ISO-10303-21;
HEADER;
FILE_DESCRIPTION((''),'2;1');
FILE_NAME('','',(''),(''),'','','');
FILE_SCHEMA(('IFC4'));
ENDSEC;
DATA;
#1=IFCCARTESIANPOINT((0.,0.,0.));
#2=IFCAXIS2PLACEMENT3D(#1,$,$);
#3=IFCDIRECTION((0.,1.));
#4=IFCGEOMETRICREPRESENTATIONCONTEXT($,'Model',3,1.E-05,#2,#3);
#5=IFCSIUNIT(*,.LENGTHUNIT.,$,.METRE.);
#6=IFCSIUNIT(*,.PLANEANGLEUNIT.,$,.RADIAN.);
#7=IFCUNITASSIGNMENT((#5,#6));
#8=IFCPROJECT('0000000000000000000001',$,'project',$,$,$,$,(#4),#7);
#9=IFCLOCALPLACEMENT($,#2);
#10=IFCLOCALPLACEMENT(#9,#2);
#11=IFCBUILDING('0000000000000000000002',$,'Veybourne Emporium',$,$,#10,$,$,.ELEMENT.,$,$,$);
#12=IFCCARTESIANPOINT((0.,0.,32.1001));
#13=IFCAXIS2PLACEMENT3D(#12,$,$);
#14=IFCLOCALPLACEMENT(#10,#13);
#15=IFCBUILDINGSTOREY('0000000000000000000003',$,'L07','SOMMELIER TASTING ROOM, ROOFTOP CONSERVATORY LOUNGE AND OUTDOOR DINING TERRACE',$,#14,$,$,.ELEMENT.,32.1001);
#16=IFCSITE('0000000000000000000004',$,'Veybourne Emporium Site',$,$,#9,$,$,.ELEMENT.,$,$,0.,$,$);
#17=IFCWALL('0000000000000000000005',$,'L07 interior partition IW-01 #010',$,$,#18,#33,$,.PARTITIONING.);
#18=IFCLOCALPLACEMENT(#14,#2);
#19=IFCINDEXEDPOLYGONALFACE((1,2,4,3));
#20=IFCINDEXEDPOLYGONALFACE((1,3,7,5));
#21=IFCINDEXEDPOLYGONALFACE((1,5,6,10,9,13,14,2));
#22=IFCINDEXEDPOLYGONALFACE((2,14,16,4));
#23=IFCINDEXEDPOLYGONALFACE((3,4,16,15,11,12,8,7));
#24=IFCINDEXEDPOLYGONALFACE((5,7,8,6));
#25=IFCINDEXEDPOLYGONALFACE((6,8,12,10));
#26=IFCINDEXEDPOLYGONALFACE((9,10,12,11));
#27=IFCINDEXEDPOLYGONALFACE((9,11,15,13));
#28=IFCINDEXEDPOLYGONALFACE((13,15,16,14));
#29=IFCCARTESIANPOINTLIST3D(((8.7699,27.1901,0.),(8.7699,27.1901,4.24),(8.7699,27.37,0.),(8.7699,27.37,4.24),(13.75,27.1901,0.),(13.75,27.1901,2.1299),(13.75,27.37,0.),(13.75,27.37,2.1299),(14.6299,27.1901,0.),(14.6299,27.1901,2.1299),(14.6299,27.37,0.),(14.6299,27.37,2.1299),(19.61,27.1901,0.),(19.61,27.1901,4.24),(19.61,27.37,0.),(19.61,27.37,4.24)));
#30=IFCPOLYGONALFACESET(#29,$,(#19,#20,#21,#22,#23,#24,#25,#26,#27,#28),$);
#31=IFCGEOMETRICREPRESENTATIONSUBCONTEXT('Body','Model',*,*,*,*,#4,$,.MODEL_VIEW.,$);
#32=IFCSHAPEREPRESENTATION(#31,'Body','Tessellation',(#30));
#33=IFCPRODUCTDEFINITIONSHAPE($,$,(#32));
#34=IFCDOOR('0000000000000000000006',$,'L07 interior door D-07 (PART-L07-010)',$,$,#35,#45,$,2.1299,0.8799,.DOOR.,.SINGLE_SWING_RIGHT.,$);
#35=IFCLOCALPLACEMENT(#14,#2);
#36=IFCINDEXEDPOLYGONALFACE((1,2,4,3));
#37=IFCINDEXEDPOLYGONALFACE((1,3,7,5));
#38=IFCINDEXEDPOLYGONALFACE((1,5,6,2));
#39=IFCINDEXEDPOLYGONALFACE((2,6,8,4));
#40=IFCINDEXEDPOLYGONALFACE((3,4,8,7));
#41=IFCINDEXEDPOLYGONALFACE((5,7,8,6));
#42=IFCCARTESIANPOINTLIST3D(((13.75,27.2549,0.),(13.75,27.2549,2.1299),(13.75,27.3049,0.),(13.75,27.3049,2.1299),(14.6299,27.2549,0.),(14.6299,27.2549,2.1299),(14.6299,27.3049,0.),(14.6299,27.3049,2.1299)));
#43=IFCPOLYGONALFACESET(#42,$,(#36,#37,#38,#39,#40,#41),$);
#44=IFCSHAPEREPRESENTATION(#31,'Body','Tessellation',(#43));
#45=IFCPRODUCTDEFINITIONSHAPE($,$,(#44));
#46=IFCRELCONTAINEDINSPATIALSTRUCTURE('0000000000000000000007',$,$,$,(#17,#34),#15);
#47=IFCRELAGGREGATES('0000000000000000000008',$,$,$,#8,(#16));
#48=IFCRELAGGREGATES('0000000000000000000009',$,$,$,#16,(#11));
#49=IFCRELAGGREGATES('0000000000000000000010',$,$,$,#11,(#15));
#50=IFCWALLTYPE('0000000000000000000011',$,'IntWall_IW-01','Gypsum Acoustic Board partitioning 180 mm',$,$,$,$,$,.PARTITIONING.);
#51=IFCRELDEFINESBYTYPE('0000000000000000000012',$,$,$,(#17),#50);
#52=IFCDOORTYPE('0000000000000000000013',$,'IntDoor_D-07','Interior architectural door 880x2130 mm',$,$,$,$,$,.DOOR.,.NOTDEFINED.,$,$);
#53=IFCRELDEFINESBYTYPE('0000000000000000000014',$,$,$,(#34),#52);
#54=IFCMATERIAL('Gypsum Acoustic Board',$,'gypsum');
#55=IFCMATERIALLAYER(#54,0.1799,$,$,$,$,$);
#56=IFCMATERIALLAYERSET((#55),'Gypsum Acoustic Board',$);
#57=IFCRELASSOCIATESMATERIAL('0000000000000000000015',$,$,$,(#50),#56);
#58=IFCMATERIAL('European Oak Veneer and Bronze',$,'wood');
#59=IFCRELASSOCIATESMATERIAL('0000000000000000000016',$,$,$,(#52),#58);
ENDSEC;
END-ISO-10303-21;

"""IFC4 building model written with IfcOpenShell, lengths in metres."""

from ifc_helpers import new_model, si_unit, direction, frame, frame_2d, origin, place, context, subcontext, project, spatial, rectangle, extrude, material, layer, layer_set, type_object, element, fill, save


model = new_model("IFC4")

# Units and contexts
model_context = context("Model", 3, precision=1e-05, world=origin(), true_north=direction((0.0, 1.0)))
body_context = subcontext(model_context, "Body", "Model", "MODEL_VIEW")
ifc_project = project(units=[si_unit("LENGTHUNIT", "METRE"), si_unit("PLANEANGLEUNIT", "RADIAN")], contexts=[model_context])

# Site, building, storey
site_placement = place(None, origin())
site = spatial("IfcSite", under=ifc_project, at=site_placement, Name="Veybourne Emporium Site", CompositionType="ELEMENT", RefElevation=0.0)
building_placement = place(site_placement, origin())
building = spatial("IfcBuilding", under=site, at=building_placement, Name="Veybourne Emporium", CompositionType="ELEMENT")
storey_placement = place(building_placement, frame((0.0, 0.0, 32.1001)))
storey = spatial("IfcBuildingStorey", under=building, at=storey_placement, Name="L07", Description="SOMMELIER TASTING ROOM, ROOFTOP CONSERVATORY LOUNGE AND OUTDOOR DINING TERRACE", CompositionType="ELEMENT", Elevation=32.1001)

# Wall, opening, door
ifc_material_1 = material(Name="Gypsum Acoustic Board", Category="gypsum")
ifc_layer_1 = layer(ifc_material_1, 0.1799)
ifc_layer_set_1 = layer_set([ifc_layer_1], Name="Gypsum Acoustic Board")
wall_type_1 = type_object("IfcWallType", Name="IntWall_IW-01", Description="Gypsum Acoustic Board partitioning 180 mm", PredefinedType="PARTITIONING", material=ifc_layer_set_1)
wall_1_placement = place(storey_placement, frame((8.77, 27.28, 0.0), z_axis=(0.0, 0.0, 1.0), x_axis=(1.0, 0.0, 0.0)))
wall_1 = element("IfcWall", 1, at=wall_1_placement, inside=storey, type_object=wall_type_1, Name="L07 interior partition IW-01 #010", PredefinedType="PARTITIONING", context=body_context, shape_type="SweptSolid", body=[
    extrude(rectangle(XDim=10.8401, YDim=0.1799, at=frame_2d((5.4199, 0.0))), origin(), (0.0, 0.0, 1.0), 4.24),
])
opening_1_placement = place(wall_1_placement, frame((4.98, 0.0, 0.0)))
opening_1 = element("IfcOpeningElement", 2, at=opening_1_placement, cuts=wall_1, PredefinedType="OPENING", context=body_context, shape_type="SweptSolid", body=[
    extrude(rectangle(XDim=0.8799, YDim=2.1299, at=frame_2d((0.4399, 1.0649))), frame((0.0, 0.1099, 0.0), z_axis=(0.0, -1.0, 0.0), x_axis=(1.0, 0.0, 0.0)), (0.0, 0.0, 1.0), 0.22),
])
ifc_material_2 = material(Name="European Oak Veneer and Bronze", Category="wood")
door_type = type_object("IfcDoorType", Name="IntDoor_D-07", Description="Interior architectural door 880x2130 mm", OperationType="NOTDEFINED", PredefinedType="DOOR", material=ifc_material_2)
door_placement = place(opening_1_placement, origin())
door = element("IfcDoor", 3, at=door_placement, inside=storey, type_object=door_type, Name="L07 interior door D-07 (PART-L07-010)", OperationType="SINGLE_SWING_RIGHT", OverallHeight=2.1299, OverallWidth=0.8799, PredefinedType="DOOR", context=body_context, shape_type="SweptSolid", body=[
    extrude(rectangle(XDim=0.8799, YDim=2.1299, at=frame_2d((0.4399, 1.0649))), frame((0.0, 0.0249, 0.0), z_axis=(0.0, -1.0, 0.0), x_axis=(1.0, 0.0, 0.0)), (0.0, 0.0, 1.0), 0.05),
])
fill(opening_1, door)

save(model, "model.ifc")
